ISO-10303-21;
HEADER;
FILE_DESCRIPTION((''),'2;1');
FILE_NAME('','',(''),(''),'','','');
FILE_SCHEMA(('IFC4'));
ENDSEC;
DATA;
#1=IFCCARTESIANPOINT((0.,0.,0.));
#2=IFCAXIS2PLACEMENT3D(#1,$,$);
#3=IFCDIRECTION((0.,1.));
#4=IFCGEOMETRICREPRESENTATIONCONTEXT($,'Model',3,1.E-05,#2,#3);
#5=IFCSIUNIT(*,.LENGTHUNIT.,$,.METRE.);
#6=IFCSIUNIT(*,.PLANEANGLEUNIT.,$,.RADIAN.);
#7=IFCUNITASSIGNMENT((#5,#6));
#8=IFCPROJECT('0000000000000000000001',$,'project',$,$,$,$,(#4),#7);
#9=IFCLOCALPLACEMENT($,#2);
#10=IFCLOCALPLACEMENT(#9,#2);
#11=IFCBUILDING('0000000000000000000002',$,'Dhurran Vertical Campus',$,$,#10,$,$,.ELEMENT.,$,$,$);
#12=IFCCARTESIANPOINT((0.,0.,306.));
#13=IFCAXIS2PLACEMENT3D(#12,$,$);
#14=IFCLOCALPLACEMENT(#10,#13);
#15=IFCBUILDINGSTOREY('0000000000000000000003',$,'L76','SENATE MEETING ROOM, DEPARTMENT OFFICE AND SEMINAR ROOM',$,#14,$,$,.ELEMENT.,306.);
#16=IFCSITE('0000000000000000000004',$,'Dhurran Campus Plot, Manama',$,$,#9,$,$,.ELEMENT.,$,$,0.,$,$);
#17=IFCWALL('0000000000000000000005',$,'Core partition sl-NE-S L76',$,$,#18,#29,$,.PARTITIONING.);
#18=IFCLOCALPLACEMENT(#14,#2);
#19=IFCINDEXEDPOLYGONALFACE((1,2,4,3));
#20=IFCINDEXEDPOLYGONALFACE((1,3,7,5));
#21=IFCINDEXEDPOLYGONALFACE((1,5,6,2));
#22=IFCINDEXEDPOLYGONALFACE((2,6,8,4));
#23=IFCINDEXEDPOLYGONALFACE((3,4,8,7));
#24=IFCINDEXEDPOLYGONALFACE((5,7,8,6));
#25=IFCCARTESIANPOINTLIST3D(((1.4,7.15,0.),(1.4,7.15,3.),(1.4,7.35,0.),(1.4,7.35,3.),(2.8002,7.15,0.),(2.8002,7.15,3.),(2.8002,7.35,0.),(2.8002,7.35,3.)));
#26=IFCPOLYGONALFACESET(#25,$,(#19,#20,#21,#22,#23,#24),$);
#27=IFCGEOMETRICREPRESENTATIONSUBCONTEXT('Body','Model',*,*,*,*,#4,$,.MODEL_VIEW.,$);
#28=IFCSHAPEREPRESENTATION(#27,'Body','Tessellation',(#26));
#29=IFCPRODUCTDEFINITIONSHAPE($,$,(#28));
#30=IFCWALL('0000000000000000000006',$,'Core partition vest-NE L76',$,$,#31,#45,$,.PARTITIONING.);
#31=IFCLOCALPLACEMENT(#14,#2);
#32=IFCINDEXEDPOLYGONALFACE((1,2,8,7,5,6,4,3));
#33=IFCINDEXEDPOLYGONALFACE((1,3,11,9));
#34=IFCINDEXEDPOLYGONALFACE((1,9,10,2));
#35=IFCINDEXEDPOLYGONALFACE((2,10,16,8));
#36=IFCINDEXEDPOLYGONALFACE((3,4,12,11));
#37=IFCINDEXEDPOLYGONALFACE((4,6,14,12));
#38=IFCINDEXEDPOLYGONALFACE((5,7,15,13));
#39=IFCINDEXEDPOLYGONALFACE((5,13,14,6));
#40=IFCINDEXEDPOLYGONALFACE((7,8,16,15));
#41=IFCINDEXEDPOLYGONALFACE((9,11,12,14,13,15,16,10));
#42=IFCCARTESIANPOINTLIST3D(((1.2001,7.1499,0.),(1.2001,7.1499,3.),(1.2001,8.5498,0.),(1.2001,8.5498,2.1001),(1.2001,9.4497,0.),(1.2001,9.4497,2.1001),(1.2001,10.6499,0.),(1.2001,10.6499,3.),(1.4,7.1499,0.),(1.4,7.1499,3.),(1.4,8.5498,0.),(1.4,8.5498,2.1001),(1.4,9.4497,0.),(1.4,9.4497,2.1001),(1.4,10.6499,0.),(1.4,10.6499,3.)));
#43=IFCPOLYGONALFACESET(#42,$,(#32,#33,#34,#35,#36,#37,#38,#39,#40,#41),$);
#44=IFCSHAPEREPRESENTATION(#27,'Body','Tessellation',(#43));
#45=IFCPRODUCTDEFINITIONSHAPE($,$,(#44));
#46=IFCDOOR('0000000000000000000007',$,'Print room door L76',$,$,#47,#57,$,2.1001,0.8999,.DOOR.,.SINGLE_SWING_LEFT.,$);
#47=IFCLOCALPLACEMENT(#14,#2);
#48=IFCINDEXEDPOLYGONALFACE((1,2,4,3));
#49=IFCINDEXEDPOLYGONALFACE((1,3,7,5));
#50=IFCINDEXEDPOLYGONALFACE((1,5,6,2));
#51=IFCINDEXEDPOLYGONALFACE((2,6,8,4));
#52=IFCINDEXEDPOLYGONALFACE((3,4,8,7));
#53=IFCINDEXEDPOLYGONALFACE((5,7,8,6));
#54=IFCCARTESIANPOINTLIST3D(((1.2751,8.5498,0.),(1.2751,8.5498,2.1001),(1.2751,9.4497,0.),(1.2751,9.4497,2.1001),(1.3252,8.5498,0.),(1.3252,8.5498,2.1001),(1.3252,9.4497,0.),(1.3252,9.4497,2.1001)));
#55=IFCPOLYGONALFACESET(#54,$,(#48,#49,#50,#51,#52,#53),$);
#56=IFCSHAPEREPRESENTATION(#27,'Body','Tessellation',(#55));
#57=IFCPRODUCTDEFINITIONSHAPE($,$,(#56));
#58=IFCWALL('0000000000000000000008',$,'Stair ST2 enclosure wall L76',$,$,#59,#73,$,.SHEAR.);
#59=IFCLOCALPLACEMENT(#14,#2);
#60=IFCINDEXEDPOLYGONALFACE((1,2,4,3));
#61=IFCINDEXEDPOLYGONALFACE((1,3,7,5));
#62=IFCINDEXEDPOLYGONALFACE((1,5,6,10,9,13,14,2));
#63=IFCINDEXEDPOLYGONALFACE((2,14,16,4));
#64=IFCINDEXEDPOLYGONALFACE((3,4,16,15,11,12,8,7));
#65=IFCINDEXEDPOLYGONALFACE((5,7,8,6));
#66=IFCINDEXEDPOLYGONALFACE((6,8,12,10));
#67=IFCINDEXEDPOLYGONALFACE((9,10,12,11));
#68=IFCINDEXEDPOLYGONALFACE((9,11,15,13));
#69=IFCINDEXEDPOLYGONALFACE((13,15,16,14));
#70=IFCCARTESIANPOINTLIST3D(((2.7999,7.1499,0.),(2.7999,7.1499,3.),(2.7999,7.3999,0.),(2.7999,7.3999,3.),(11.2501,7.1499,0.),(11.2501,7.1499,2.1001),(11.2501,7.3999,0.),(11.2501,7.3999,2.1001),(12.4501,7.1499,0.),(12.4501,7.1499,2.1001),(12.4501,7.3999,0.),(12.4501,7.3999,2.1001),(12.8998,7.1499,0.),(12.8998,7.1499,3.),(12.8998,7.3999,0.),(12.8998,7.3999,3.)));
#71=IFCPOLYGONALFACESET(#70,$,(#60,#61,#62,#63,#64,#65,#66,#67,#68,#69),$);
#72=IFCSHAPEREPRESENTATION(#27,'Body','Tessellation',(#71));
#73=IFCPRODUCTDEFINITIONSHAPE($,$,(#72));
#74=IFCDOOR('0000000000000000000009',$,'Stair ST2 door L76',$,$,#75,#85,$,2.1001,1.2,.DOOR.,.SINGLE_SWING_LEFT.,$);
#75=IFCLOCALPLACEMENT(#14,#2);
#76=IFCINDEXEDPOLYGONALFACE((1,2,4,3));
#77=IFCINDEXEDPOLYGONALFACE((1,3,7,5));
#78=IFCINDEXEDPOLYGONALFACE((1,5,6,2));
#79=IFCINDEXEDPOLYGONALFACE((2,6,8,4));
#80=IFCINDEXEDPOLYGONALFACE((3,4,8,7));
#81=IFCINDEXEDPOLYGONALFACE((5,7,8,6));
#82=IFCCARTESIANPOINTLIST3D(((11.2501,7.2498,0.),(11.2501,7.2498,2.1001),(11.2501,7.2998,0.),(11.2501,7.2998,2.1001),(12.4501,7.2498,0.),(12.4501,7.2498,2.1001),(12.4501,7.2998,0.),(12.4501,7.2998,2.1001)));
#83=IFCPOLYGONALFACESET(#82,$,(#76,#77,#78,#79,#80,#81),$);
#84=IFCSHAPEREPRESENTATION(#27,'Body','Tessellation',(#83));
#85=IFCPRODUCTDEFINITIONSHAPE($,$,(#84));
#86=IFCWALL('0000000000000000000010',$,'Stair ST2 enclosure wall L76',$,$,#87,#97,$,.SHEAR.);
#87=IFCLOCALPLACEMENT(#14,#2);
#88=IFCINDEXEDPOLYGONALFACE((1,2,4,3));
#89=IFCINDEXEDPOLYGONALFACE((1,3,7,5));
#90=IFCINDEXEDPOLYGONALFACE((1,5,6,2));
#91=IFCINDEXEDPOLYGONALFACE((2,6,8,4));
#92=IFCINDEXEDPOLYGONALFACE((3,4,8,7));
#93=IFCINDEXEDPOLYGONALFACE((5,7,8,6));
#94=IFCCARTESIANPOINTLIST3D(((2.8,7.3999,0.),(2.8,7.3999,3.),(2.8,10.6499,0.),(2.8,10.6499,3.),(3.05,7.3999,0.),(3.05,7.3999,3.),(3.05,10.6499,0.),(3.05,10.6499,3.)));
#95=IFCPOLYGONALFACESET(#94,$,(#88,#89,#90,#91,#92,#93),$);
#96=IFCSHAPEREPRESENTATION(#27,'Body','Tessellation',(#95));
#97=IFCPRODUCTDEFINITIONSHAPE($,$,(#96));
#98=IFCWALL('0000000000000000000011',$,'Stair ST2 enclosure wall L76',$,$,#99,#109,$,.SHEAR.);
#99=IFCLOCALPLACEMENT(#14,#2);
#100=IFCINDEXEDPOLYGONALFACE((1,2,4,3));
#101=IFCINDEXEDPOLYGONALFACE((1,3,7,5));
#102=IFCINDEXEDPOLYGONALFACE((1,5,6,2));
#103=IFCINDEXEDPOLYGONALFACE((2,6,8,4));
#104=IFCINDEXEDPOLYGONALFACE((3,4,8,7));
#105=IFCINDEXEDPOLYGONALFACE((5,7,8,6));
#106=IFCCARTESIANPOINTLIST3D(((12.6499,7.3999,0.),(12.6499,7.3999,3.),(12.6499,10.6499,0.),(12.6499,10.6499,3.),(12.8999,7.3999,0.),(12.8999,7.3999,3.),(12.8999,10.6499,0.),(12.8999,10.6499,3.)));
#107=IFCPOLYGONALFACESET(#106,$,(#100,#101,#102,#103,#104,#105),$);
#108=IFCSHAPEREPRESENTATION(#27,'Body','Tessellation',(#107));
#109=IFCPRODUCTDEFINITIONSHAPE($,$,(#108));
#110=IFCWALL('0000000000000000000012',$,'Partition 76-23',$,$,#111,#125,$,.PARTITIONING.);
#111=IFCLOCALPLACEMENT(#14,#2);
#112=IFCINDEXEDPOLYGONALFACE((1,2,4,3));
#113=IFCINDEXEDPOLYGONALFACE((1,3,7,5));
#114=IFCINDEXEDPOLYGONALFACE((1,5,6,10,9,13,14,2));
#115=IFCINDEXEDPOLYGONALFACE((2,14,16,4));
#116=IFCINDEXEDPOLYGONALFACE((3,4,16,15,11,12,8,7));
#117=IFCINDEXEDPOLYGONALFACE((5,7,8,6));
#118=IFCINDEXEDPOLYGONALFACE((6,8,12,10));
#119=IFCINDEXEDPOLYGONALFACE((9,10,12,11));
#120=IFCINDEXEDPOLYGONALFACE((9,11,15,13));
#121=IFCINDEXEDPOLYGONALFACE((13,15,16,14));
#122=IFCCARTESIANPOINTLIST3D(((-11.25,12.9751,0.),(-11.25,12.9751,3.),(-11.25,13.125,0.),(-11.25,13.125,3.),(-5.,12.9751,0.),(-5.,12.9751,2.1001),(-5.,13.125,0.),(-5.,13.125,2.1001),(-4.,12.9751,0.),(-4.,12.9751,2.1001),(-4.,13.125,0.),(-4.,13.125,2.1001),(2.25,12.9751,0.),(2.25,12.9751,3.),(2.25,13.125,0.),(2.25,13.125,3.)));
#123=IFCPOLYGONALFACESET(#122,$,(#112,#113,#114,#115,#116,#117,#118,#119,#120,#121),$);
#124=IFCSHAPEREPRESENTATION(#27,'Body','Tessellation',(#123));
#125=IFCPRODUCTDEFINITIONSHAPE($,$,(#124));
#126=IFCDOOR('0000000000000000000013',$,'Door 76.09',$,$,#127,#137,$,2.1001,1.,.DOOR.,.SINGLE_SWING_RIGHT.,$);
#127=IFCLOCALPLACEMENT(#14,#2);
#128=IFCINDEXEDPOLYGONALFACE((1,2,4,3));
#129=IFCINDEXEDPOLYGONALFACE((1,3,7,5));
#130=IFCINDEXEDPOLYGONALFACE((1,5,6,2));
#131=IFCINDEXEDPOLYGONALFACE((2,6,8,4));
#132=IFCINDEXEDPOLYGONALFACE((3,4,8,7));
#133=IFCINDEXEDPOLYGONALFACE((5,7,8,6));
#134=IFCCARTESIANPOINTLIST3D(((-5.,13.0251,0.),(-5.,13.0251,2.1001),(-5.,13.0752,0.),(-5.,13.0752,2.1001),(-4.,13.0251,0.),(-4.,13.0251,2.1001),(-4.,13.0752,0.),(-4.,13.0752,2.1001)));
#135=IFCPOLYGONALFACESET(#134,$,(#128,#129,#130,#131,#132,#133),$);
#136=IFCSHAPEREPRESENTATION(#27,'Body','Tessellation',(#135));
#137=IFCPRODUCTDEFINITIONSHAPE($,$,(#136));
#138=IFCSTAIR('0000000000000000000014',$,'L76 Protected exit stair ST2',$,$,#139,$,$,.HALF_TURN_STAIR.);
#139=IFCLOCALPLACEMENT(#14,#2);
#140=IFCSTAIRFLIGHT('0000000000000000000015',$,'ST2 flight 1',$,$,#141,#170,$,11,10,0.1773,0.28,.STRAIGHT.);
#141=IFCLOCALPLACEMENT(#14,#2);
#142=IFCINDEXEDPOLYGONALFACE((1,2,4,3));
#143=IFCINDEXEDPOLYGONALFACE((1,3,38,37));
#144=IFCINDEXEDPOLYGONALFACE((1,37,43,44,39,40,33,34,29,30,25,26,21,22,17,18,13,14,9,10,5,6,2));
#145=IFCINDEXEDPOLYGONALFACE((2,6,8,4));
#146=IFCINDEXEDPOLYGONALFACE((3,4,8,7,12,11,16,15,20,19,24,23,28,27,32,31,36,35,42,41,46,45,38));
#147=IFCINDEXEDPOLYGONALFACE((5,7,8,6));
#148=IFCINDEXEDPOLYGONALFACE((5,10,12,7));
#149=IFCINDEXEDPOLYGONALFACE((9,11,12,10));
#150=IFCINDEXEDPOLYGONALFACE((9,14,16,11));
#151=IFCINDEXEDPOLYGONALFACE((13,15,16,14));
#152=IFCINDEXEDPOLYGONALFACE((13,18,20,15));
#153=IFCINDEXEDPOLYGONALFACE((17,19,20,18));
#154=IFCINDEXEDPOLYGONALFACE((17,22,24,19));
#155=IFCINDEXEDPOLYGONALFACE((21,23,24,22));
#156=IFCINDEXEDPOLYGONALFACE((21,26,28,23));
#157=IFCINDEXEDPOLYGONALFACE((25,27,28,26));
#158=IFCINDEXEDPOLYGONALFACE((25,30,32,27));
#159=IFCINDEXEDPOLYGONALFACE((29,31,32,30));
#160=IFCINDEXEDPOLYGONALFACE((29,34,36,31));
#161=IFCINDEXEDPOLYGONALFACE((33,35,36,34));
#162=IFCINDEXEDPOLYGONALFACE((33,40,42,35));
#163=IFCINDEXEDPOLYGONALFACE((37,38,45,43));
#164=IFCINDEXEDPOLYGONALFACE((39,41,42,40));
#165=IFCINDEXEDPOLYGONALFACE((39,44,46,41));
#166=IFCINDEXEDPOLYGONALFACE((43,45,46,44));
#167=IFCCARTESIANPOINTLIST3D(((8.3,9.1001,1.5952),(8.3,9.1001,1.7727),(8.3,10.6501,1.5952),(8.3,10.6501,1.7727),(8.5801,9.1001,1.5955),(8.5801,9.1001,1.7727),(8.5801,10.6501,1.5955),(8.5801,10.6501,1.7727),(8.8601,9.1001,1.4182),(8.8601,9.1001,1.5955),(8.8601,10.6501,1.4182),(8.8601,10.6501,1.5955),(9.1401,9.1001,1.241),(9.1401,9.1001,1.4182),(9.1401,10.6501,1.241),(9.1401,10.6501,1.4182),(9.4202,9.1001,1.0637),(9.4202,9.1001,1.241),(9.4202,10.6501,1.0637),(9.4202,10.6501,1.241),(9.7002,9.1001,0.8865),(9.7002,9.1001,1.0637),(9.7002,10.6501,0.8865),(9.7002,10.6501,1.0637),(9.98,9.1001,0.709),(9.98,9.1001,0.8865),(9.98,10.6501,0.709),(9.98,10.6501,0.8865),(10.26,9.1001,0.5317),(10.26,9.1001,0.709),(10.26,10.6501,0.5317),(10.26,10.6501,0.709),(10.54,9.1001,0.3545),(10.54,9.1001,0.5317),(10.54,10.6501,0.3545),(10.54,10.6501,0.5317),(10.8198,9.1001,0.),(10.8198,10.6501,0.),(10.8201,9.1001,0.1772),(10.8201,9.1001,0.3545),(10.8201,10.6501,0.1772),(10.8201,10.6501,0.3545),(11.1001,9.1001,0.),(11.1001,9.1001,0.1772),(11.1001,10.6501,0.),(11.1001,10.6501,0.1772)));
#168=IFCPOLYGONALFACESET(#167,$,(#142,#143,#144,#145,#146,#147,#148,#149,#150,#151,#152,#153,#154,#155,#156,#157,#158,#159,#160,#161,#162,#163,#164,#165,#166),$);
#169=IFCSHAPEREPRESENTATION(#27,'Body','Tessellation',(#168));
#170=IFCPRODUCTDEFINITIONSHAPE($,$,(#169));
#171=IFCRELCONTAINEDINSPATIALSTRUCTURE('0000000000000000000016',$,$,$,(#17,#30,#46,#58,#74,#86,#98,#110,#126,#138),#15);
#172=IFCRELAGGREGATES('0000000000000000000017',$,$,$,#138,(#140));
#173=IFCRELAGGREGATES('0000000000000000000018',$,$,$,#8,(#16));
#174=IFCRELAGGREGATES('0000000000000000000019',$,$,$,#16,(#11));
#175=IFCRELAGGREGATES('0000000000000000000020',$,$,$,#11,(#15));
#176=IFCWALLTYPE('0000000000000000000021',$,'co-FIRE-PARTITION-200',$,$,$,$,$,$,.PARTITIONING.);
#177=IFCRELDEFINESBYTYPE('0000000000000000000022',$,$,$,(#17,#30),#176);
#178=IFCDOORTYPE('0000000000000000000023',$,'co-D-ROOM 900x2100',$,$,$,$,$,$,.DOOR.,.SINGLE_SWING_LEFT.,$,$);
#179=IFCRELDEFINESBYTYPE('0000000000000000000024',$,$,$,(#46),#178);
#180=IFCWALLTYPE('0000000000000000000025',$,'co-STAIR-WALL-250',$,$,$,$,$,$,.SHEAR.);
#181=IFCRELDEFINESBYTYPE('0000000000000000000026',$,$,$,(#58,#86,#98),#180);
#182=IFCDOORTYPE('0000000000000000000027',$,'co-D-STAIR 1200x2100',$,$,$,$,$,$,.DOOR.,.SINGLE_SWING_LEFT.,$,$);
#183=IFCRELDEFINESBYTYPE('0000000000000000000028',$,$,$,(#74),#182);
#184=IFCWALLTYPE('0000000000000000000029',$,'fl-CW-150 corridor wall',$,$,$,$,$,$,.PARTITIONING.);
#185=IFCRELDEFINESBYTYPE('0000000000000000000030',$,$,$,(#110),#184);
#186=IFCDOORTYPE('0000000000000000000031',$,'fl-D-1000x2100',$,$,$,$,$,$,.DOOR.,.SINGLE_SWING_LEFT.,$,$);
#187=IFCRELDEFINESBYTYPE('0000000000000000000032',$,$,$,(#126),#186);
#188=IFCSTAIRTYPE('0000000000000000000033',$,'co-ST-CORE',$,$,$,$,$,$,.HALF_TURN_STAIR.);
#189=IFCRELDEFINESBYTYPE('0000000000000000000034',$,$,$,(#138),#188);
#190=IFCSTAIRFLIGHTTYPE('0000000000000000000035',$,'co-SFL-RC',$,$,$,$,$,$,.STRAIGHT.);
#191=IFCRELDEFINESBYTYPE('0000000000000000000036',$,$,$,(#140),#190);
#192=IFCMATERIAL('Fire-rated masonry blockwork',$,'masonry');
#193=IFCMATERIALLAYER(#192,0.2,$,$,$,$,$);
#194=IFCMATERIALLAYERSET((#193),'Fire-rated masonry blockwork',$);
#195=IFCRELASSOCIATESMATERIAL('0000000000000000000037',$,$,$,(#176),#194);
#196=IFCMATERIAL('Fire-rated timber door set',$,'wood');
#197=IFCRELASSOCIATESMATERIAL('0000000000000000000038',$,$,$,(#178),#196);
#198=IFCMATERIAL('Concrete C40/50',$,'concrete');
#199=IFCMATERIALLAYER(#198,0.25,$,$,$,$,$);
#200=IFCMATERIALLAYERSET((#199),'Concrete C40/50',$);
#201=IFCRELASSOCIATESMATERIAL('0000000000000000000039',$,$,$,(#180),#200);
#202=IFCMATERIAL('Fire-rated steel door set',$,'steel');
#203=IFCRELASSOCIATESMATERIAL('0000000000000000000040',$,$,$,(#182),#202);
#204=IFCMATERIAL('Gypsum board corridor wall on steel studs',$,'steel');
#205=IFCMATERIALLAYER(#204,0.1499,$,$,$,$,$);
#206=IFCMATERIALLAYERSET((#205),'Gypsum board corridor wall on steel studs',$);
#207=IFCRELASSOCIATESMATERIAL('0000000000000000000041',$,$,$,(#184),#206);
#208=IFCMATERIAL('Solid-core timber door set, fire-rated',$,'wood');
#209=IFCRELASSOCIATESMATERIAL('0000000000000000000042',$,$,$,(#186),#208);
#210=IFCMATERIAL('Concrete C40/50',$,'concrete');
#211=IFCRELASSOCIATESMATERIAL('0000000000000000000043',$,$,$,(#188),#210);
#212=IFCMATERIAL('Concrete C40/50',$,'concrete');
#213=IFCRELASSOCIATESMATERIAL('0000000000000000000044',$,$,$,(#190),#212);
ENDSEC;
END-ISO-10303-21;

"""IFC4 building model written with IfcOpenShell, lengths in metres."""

from ifc_helpers import new_model, si_unit, direction, frame, frame_2d, origin, place, context, subcontext, project, spatial, polyline, rectangle, outline, extrude, material, layer, layer_set, type_object, element, fill, aggregate, save


model = new_model("IFC4")

# Units and contexts
model_context = context("Model", 3, precision=1e-05, world=origin(), true_north=direction((0.0, 1.0)))
body_context = subcontext(model_context, "Body", "Model", "MODEL_VIEW")
ifc_project = project(units=[si_unit("LENGTHUNIT", "METRE"), si_unit("PLANEANGLEUNIT", "RADIAN")], contexts=[model_context])

# Site, building, storey
site_placement = place(None, origin())
site = spatial("IfcSite", under=ifc_project, at=site_placement, Name="Dhurran Campus Plot, Manama", CompositionType="ELEMENT", RefElevation=0.0)
building_placement = place(site_placement, origin())
building = spatial("IfcBuilding", under=site, at=building_placement, Name="Dhurran Vertical Campus", CompositionType="ELEMENT")
storey_placement = place(building_placement, frame((0.0, 0.0, 306.0)))
storey = spatial("IfcBuildingStorey", under=building, at=storey_placement, Name="L76", Description="SENATE MEETING ROOM, DEPARTMENT OFFICE AND SEMINAR ROOM", CompositionType="ELEMENT", Elevation=306.0)

# Wall
ifc_material_1 = material(Name="Fire-rated masonry blockwork", Category="masonry")
ifc_layer_1 = layer(ifc_material_1, 0.2)
ifc_layer_set_1 = layer_set([ifc_layer_1], Name="Fire-rated masonry blockwork")
wall_type_1 = type_object("IfcWallType", Name="co-FIRE-PARTITION-200", PredefinedType="PARTITIONING", material=ifc_layer_set_1)
wall_1_placement = place(storey_placement, frame((1.3999, 7.25, 0.0), z_axis=(0.0, 0.0, 1.0), x_axis=(1.0, 0.0, 0.0)))
element("IfcWall", 1, at=wall_1_placement, inside=storey, type_object=wall_type_1, Name="Core partition sl-NE-S L76", PredefinedType="PARTITIONING", context=body_context, shape_type="SweptSolid", body=[
    extrude(rectangle(XDim=1.4001, YDim=0.2, at=frame_2d((0.7002, 0.0))), origin(), (0.0, 0.0, 1.0), 3.0),
])

# Walls, openings, doors
wall_2_placement = place(storey_placement, frame((1.3, 7.1499, 0.0), z_axis=(0.0, 0.0, 1.0), x_axis=(0.0, 1.0, 0.0)))
wall_2 = element("IfcWall", 2, at=wall_2_placement, inside=storey, type_object=wall_type_1, Name="Core partition vest-NE L76", PredefinedType="PARTITIONING", context=body_context, shape_type="SweptSolid", body=[
    extrude(rectangle(XDim=3.5, YDim=0.2, at=frame_2d((1.75, 0.0))), origin(), (0.0, 0.0, 1.0), 3.0),
])
opening_1_placement = place(wall_2_placement, frame((1.3999, 0.0, 0.0)))
opening_1 = element("IfcOpeningElement", 3, at=opening_1_placement, cuts=wall_2, PredefinedType="OPENING", context=body_context, shape_type="SweptSolid", body=[
    extrude(rectangle(XDim=0.8999, YDim=2.1001, at=frame_2d((0.45, 1.05))), frame((0.0, 0.1099, 0.0), z_axis=(0.0, -1.0, 0.0), x_axis=(1.0, 0.0, 0.0)), (0.0, 0.0, 1.0), 0.22),
])
ifc_material_2 = material(Name="Fire-rated timber door set", Category="wood")
door_type_1 = type_object("IfcDoorType", Name="co-D-ROOM 900x2100", OperationType="SINGLE_SWING_LEFT", PredefinedType="DOOR", material=ifc_material_2)
door_1_placement = place(opening_1_placement, origin())
door_1 = element("IfcDoor", 4, at=door_1_placement, inside=storey, type_object=door_type_1, Name="Print room door L76", OperationType="SINGLE_SWING_LEFT", OverallHeight=2.1001, OverallWidth=0.8999, PredefinedType="DOOR", context=body_context, shape_type="SweptSolid", body=[
    extrude(rectangle(XDim=0.8999, YDim=2.1001, at=frame_2d((0.45, 1.05))), frame((0.0, 0.0249, 0.0), z_axis=(0.0, -1.0, 0.0), x_axis=(1.0, 0.0, 0.0)), (0.0, 0.0, 1.0), 0.05),
])
fill(opening_1, door_1)
ifc_material_3 = material(Name="Concrete C40/50", Category="concrete")
ifc_layer_2 = layer(ifc_material_3, 0.25)
ifc_layer_set_2 = layer_set([ifc_layer_2], Name="Concrete C40/50")
wall_type_2 = type_object("IfcWallType", Name="co-STAIR-WALL-250", PredefinedType="SHEAR", material=ifc_layer_set_2)
wall_3_placement = place(storey_placement, frame((2.8, 7.2749, 0.0), z_axis=(0.0, 0.0, 1.0), x_axis=(1.0, 0.0, 0.0)))
wall_3 = element("IfcWall", 5, at=wall_3_placement, inside=storey, type_object=wall_type_2, Name="Stair ST2 enclosure wall L76", PredefinedType="SHEAR", context=body_context, shape_type="SweptSolid", body=[
    extrude(rectangle(XDim=10.0999, YDim=0.25, at=frame_2d((5.0498, 0.0))), origin(), (0.0, 0.0, 1.0), 3.0),
])
opening_2_placement = place(wall_3_placement, frame((8.45, 0.0, 0.0)))
opening_2 = element("IfcOpeningElement", 6, at=opening_2_placement, cuts=wall_3, PredefinedType="OPENING", context=body_context, shape_type="SweptSolid", body=[
    extrude(rectangle(XDim=1.2, YDim=2.1001, at=frame_2d((0.6001, 1.05))), frame((0.0, 0.135, 0.0), z_axis=(0.0, -1.0, 0.0), x_axis=(1.0, 0.0, 0.0)), (0.0, 0.0, 1.0), 0.27),
])
ifc_material_4 = material(Name="Fire-rated steel door set", Category="steel")
door_type_2 = type_object("IfcDoorType", Name="co-D-STAIR 1200x2100", OperationType="SINGLE_SWING_LEFT", PredefinedType="DOOR", material=ifc_material_4)
door_2_placement = place(opening_2_placement, origin())
door_2 = element("IfcDoor", 7, at=door_2_placement, inside=storey, type_object=door_type_2, Name="Stair ST2 door L76", OperationType="SINGLE_SWING_LEFT", OverallHeight=2.1001, OverallWidth=1.2, PredefinedType="DOOR", context=body_context, shape_type="SweptSolid", body=[
    extrude(rectangle(XDim=1.2, YDim=2.1001, at=frame_2d((0.6001, 1.05))), frame((0.0, 0.0249, 0.0), z_axis=(0.0, -1.0, 0.0), x_axis=(1.0, 0.0, 0.0)), (0.0, 0.0, 1.0), 0.05),
])
fill(opening_2, door_2)

# Walls
for number, where, z_axis, x_axis, name in (
    (8, (2.925, 7.3999, 0.0), (0.0, 0.0, 1.0), (0.0, 1.0, 0.0), "Stair ST2 enclosure wall L76"),
    (9, (12.7749, 7.3999, 0.0), (0.0, 0.0, 1.0), (0.0, 1.0, 0.0), "Stair ST2 enclosure wall L76"),
):
    element("IfcWall", number, at=place(storey_placement, frame(where, z_axis=z_axis, x_axis=x_axis)), inside=storey, type_object=wall_type_2, Name=name, PredefinedType="SHEAR", context=body_context, shape_type="SweptSolid", body=[
        extrude(rectangle(XDim=3.25, YDim=0.25, at=frame_2d((1.625, 0.0))), origin(), (0.0, 0.0, 1.0), 3.0),
    ])

# Wall, opening, door
ifc_material_5 = material(Name="Gypsum board corridor wall on steel studs", Category="steel")
ifc_layer_3 = layer(ifc_material_5, 0.1499)
ifc_layer_set_3 = layer_set([ifc_layer_3], Name="Gypsum board corridor wall on steel studs")
wall_type_3 = type_object("IfcWallType", Name="fl-CW-150 corridor wall", PredefinedType="PARTITIONING", material=ifc_layer_set_3)
wall_4_placement = place(storey_placement, frame((2.25, 13.05, 0.0), z_axis=(0.0, 0.0, 1.0), x_axis=(-1.0, 0.0, 0.0)))
wall_4 = element("IfcWall", 10, at=wall_4_placement, inside=storey, type_object=wall_type_3, Name="Partition 76-23", PredefinedType="PARTITIONING", context=body_context, shape_type="SweptSolid", body=[
    extrude(rectangle(XDim=13.5, YDim=0.1499, at=frame_2d((6.75, 0.0))), origin(), (0.0, 0.0, 1.0), 3.0),
])
opening_3_placement = place(wall_4_placement, frame((6.25, 0.0, 0.0)))
opening_3 = element("IfcOpeningElement", 11, at=opening_3_placement, cuts=wall_4, PredefinedType="OPENING", context=body_context, shape_type="SweptSolid", body=[
    extrude(rectangle(XDim=1.0, YDim=2.1001, at=frame_2d((0.5, 1.05))), frame((0.0, 0.085, 0.0), z_axis=(0.0, -1.0, 0.0), x_axis=(1.0, 0.0, 0.0)), (0.0, 0.0, 1.0), 0.1699),
])
ifc_material_6 = material(Name="Solid-core timber door set, fire-rated", Category="wood")
door_type_3 = type_object("IfcDoorType", Name="fl-D-1000x2100", OperationType="SINGLE_SWING_LEFT", PredefinedType="DOOR", material=ifc_material_6)
door_3_placement = place(opening_3_placement, origin())
door_3 = element("IfcDoor", 12, at=door_3_placement, inside=storey, type_object=door_type_3, Name="Door 76.09", OperationType="SINGLE_SWING_RIGHT", OverallHeight=2.1001, OverallWidth=1.0, PredefinedType="DOOR", context=body_context, shape_type="SweptSolid", body=[
    extrude(rectangle(XDim=1.0, YDim=2.1001, at=frame_2d((0.5, 1.05))), frame((0.0, 0.0249, 0.0), z_axis=(0.0, -1.0, 0.0), x_axis=(1.0, 0.0, 0.0)), (0.0, 0.0, 1.0), 0.05),
])
fill(opening_3, door_3)

# Stair, stair flight
ifc_material_7 = material(Name="Concrete C40/50", Category="concrete")
stair_type = type_object("IfcStairType", Name="co-ST-CORE", PredefinedType="HALF_TURN_STAIR", material=ifc_material_7)
stair_placement = place(storey_placement, origin())
stair = element("IfcStair", 13, at=stair_placement, inside=storey, type_object=stair_type, Name="L76 Protected exit stair ST2", PredefinedType="HALF_TURN_STAIR")
ifc_material_8 = material(Name="Concrete C40/50", Category="concrete")
stair_flight_type = type_object("IfcStairFlightType", Name="co-SFL-RC", PredefinedType="STRAIGHT", material=ifc_material_8)
stair_flight_1_placement = place(storey_placement, frame((11.1001, 9.875, 0.0), z_axis=(0.0, 0.0, 1.0), x_axis=(-1.0, 0.0, 0.0)))
stair_flight_1 = element("IfcStairFlight", 14, at=stair_flight_1_placement, type_object=stair_flight_type, Name="ST2 flight 1", NumberOfRisers=11, NumberOfTreads=10, PredefinedType="STRAIGHT", RiserHeight=0.1773, TreadLength=0.28, context=body_context, shape_type="SweptSolid", body=[
    extrude(outline(polyline([(0.0, 0.0), (0.0, 0.1772), (0.28, 0.1772), (0.28, 0.3545), (0.5601, 0.3545), (0.5601, 0.5317), (0.8401, 0.5317), (0.8401, 0.709), (1.1201, 0.709), (1.1201, 0.8865), (1.3999, 0.8865), (1.3999, 1.0637), (1.6799, 1.0637), (1.6799, 1.241), (1.96, 1.241), (1.96, 1.4182), (2.24, 1.4182), (2.24, 1.5955), (2.52, 1.5955), (2.52, 1.7727), (2.8, 1.7727), (2.8, 1.95), (2.8, 1.5952), (0.2803, 0.0), (0.0, 0.0)])), frame((0.0, 0.7749, 0.0), z_axis=(0.0, -1.0, 0.0), x_axis=(1.0, 0.0, 0.0)), (0.0, 0.0, 1.0), 1.55),
])
aggregate(stair, [stair_flight_1])

save(model, "model.ifc")
